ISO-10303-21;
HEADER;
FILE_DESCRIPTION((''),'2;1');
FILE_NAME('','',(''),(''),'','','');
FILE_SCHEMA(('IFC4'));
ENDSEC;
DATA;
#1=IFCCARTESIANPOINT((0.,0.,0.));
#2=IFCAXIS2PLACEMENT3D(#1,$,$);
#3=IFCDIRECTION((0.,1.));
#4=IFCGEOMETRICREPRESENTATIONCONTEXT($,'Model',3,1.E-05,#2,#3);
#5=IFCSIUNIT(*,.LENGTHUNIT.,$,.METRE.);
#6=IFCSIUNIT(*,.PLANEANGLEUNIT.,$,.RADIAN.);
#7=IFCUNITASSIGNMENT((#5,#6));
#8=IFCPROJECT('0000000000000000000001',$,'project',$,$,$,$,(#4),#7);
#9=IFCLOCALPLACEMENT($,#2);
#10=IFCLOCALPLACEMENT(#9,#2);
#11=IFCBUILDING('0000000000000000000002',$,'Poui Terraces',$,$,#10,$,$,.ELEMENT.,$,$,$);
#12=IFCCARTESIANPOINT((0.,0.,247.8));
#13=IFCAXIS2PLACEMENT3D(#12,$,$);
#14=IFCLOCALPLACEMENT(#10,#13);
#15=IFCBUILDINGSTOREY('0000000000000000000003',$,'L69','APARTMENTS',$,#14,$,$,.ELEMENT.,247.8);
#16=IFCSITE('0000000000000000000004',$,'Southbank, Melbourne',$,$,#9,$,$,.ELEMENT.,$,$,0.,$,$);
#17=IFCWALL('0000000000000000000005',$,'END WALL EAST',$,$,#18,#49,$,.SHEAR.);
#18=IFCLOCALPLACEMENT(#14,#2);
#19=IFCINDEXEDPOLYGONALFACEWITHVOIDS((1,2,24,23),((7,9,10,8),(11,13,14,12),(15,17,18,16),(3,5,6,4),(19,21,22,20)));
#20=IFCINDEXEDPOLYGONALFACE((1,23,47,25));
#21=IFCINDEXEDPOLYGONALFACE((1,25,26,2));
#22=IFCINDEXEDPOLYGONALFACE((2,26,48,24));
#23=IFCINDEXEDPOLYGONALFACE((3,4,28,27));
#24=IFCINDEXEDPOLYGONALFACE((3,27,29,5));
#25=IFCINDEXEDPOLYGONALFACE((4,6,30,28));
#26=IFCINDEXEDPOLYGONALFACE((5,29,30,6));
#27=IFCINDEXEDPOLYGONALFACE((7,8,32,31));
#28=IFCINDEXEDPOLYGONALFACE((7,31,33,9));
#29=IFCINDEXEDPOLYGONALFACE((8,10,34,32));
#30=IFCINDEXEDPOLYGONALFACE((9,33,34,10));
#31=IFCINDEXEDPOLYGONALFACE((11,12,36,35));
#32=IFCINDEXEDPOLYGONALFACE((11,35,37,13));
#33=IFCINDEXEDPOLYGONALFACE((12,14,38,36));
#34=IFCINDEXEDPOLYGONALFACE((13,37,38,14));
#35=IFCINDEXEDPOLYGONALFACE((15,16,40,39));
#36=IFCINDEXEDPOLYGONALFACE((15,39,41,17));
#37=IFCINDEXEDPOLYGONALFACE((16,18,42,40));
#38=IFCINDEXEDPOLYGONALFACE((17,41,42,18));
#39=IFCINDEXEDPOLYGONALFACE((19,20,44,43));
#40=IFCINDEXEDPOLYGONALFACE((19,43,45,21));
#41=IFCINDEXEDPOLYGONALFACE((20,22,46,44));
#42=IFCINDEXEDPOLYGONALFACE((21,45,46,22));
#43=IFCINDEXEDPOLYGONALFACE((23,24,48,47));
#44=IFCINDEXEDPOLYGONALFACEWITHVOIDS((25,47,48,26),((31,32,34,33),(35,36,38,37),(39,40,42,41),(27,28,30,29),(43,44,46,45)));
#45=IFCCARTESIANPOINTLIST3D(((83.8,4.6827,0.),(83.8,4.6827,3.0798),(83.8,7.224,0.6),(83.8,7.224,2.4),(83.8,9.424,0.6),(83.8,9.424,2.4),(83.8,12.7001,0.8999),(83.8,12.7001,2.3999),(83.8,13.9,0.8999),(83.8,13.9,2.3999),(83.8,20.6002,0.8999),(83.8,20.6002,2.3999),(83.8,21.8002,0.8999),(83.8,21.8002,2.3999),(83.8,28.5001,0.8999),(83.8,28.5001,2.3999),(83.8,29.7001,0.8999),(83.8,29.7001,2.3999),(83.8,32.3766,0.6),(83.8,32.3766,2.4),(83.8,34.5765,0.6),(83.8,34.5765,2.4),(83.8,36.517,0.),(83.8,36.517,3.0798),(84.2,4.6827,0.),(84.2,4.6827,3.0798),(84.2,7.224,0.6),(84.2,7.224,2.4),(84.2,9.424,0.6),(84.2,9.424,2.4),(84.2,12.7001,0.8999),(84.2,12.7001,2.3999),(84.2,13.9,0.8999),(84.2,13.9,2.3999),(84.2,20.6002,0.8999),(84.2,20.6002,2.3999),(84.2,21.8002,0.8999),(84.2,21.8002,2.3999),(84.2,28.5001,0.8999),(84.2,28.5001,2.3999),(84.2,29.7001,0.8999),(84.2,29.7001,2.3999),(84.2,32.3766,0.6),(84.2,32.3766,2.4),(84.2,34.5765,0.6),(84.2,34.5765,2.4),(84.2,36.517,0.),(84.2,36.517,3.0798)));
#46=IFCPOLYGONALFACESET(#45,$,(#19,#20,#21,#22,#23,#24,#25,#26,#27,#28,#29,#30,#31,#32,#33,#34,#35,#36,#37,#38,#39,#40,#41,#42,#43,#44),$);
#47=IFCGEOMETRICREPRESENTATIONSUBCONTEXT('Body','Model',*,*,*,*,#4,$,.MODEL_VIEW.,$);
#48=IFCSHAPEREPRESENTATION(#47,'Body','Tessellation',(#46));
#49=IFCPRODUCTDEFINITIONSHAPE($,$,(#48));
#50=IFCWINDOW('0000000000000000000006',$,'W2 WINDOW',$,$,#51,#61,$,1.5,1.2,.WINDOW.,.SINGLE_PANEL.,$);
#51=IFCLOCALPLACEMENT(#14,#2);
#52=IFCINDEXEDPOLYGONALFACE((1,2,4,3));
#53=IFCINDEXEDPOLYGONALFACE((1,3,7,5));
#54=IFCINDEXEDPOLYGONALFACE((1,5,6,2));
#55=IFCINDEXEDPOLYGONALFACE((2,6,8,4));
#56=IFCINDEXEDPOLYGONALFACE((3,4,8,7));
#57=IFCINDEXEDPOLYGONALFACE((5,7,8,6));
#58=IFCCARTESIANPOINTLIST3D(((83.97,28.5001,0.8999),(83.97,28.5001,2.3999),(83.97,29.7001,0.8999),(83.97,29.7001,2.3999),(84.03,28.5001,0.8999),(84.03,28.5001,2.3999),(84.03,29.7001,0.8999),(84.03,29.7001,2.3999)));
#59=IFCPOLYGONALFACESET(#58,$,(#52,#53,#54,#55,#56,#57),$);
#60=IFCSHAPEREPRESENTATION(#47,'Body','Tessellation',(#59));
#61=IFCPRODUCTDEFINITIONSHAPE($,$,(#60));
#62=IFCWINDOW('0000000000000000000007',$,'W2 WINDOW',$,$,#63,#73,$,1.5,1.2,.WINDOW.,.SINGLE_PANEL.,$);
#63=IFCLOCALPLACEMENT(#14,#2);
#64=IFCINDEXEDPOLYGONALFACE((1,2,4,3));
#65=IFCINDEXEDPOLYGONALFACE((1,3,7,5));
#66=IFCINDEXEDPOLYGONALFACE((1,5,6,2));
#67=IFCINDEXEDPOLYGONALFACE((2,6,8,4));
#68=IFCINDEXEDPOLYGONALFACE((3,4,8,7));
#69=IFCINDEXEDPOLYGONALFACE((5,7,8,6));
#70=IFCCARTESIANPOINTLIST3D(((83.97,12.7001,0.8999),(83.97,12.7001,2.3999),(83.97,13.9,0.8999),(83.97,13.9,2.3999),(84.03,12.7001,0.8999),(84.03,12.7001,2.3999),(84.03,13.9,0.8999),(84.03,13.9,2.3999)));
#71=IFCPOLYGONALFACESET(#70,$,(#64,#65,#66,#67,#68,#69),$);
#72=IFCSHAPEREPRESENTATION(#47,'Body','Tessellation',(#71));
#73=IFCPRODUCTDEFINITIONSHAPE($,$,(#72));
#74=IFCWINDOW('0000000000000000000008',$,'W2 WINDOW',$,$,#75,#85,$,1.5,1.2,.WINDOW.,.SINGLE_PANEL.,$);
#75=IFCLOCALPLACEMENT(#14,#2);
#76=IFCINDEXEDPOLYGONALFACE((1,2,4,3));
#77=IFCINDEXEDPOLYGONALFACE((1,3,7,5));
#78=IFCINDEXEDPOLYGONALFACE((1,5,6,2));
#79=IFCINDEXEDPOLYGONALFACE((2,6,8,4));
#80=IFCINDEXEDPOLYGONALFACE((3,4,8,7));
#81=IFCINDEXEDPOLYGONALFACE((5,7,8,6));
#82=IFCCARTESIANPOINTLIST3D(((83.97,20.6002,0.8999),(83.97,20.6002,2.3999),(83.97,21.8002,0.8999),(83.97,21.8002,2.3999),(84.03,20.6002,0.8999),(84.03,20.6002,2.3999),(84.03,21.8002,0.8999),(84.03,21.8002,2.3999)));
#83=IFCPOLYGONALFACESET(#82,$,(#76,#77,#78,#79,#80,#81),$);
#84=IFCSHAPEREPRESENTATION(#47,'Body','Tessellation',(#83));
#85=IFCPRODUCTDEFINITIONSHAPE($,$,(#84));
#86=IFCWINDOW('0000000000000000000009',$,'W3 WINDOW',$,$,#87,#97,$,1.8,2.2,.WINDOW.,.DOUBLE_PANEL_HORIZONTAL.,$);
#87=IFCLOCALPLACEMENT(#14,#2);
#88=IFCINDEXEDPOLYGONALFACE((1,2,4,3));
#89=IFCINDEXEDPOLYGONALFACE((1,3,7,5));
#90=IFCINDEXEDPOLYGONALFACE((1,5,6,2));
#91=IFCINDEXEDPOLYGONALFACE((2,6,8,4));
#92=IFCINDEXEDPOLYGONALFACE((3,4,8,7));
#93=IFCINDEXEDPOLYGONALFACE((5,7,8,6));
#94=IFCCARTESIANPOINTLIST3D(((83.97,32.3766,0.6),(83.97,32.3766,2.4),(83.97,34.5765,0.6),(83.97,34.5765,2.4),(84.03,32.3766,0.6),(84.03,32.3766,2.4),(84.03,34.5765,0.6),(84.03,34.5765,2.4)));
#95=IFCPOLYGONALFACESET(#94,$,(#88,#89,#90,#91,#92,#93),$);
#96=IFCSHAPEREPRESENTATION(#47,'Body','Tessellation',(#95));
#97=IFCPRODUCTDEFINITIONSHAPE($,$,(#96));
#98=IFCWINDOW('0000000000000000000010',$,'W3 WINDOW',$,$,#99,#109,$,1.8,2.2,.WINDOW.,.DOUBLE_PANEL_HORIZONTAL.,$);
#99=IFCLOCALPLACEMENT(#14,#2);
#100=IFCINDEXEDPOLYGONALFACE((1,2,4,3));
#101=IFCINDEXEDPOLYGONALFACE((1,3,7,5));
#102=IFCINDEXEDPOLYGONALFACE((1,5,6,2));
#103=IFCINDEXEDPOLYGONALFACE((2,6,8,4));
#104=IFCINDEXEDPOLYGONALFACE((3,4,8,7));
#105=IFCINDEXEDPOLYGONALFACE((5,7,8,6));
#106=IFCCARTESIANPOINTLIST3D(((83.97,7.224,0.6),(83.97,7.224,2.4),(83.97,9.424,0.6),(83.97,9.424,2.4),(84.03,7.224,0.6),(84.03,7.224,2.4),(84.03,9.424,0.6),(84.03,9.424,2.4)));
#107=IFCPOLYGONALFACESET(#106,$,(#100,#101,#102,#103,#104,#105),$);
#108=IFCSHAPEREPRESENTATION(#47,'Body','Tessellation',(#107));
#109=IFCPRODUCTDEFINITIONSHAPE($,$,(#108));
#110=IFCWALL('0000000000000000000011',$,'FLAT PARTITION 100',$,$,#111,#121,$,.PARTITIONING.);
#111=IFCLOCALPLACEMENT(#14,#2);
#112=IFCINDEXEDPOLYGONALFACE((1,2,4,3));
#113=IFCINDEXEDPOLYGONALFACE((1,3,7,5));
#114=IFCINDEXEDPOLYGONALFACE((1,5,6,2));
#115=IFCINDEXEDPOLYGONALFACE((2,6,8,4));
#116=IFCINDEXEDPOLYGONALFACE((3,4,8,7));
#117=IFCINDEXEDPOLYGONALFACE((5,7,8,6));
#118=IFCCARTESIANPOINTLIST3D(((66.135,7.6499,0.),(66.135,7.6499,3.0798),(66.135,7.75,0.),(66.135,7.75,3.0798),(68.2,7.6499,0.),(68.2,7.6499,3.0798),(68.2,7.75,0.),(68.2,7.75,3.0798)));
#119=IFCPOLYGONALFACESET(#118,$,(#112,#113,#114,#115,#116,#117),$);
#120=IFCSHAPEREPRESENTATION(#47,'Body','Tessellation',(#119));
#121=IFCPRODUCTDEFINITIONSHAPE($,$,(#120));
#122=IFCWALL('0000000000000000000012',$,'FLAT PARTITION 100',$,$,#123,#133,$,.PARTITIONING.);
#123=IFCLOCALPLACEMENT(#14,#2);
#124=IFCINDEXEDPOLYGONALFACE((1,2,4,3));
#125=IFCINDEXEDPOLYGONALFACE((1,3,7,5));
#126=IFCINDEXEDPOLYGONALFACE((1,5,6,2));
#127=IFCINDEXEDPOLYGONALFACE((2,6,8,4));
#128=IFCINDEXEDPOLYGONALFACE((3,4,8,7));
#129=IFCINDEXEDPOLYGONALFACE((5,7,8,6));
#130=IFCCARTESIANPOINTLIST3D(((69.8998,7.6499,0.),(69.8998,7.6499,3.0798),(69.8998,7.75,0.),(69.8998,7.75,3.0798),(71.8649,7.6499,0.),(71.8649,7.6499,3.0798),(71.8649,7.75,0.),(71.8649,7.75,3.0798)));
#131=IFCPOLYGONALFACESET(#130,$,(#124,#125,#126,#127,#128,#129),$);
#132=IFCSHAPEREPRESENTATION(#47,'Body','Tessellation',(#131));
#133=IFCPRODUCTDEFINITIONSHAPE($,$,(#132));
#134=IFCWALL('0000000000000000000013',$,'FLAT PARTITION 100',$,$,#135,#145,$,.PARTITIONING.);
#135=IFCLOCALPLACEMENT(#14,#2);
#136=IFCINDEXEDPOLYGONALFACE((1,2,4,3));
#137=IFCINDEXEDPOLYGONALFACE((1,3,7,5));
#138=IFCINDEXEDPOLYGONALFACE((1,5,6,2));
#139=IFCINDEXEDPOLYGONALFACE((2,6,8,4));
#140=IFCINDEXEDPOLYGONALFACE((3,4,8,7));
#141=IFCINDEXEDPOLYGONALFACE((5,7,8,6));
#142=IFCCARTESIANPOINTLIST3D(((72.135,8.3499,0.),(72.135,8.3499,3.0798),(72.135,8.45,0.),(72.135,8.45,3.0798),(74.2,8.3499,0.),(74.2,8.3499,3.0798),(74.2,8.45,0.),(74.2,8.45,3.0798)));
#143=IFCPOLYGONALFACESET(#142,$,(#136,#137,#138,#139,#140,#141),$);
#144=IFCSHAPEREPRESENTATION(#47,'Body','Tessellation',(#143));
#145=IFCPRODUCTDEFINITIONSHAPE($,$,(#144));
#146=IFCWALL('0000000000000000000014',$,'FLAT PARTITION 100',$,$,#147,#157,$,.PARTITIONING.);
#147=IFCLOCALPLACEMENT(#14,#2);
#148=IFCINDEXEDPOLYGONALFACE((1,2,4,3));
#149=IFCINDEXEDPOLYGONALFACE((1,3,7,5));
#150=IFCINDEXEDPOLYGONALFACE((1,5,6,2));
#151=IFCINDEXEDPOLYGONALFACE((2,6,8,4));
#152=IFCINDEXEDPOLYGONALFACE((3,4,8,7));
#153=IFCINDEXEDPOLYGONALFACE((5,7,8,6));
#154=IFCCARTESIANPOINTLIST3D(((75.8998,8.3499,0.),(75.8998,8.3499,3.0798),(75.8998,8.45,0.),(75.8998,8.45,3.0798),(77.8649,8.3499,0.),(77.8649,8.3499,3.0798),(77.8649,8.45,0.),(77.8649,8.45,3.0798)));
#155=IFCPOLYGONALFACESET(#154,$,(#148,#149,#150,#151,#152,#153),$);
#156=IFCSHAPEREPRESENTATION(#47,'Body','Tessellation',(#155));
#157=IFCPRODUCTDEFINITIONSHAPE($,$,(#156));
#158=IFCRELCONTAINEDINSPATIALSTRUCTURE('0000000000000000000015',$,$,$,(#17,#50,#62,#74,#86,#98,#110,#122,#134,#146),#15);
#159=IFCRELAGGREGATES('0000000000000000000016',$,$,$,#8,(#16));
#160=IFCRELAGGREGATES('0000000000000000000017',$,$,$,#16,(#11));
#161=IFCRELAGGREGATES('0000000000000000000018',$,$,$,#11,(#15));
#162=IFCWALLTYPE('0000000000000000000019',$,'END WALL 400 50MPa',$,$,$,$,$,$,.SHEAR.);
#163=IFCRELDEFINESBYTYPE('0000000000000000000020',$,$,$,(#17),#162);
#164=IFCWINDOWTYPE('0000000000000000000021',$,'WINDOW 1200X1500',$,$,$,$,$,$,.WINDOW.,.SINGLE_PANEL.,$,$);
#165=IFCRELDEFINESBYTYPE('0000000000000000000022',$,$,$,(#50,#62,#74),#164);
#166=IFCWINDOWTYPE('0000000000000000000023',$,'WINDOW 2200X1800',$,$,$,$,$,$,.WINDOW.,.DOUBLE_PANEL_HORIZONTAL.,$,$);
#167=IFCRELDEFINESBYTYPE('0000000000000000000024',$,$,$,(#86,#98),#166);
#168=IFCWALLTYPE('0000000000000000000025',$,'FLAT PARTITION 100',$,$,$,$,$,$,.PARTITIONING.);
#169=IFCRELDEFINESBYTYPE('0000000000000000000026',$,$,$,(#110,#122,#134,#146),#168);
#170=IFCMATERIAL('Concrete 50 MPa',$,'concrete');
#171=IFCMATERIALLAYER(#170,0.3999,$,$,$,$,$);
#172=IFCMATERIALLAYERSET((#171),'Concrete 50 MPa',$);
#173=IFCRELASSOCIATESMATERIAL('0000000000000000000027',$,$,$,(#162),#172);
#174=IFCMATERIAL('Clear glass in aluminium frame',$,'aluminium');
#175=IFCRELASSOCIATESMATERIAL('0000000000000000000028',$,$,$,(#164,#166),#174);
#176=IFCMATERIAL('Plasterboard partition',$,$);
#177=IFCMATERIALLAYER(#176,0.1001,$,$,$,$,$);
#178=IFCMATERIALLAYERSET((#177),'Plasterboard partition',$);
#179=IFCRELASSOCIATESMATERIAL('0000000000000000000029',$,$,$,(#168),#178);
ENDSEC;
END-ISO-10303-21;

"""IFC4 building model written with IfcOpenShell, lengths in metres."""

from ifc_helpers import new_model, si_unit, direction, frame, frame_2d, origin, place, context, subcontext, project, spatial, rectangle, extrude, material, layer, layer_set, type_object, element, fill, save


model = new_model("IFC4")

# Units and contexts
model_context = context("Model", 3, precision=1e-05, world=origin(), true_north=direction((0.0, 1.0)))
body_context = subcontext(model_context, "Body", "Model", "MODEL_VIEW")
ifc_project = project(units=[si_unit("LENGTHUNIT", "METRE"), si_unit("PLANEANGLEUNIT", "RADIAN")], contexts=[model_context])

# Site, building, storey
site_placement = place(None, origin())
site = spatial("IfcSite", under=ifc_project, at=site_placement, Name="Southbank, Melbourne", CompositionType="ELEMENT", RefElevation=0.0)
building_placement = place(site_placement, origin())
building = spatial("IfcBuilding", under=site, at=building_placement, Name="Poui Terraces", CompositionType="ELEMENT")
storey_placement = place(building_placement, frame((0.0, 0.0, 247.8)))
storey = spatial("IfcBuildingStorey", under=building, at=storey_placement, Name="L69", Description="APARTMENTS", CompositionType="ELEMENT", Elevation=247.8)

# Shared definitions
ifc_material_1 = material(Name="Concrete 50 MPa", Category="concrete")

# Wall, openings, windows
ifc_layer_1 = layer(ifc_material_1, 0.3999)
ifc_layer_set_1 = layer_set([ifc_layer_1], Name="Concrete 50 MPa")
wall_type_1 = type_object("IfcWallType", Name="END WALL 400 50MPa", PredefinedType="SHEAR", material=ifc_layer_set_1)
wall_1_placement = place(storey_placement, frame((84.0, 4.6829, 0.0), z_axis=(0.0, 0.0, 1.0), x_axis=(0.0, 1.0, 0.0)))
wall_1 = element("IfcWall", 1, at=wall_1_placement, inside=storey, type_object=wall_type_1, Name="END WALL EAST", PredefinedType="SHEAR", context=body_context, shape_type="SweptSolid", body=[
    extrude(rectangle(XDim=31.8342, YDim=0.3999, at=frame_2d((15.917, 0.0))), origin(), (0.0, 0.0, 1.0), 3.0798),
])
opening_1_placement = place(wall_1_placement, frame((23.8171, 0.0, 0.8999)))
opening_1 = element("IfcOpeningElement", 2, at=opening_1_placement, cuts=wall_1, PredefinedType="OPENING", context=body_context, shape_type="SweptSolid", body=[
    extrude(rectangle(XDim=1.2, YDim=1.5, at=frame_2d((0.6001, 0.75))), frame((0.0, 0.21, 0.0), z_axis=(0.0, -1.0, 0.0), x_axis=(1.0, 0.0, 0.0)), (0.0, 0.0, 1.0), 0.4199),
])
opening_2_placement = place(wall_1_placement, frame((8.0171, 0.0, 0.8999)))
opening_2 = element("IfcOpeningElement", 3, at=opening_2_placement, cuts=wall_1, PredefinedType="OPENING", context=body_context, shape_type="SweptSolid", body=[
    extrude(rectangle(XDim=1.2, YDim=1.5, at=frame_2d((0.6001, 0.75))), frame((0.0, 0.21, 0.0), z_axis=(0.0, -1.0, 0.0), x_axis=(1.0, 0.0, 0.0)), (0.0, 0.0, 1.0), 0.4199),
])
opening_3_placement = place(wall_1_placement, frame((27.6936, 0.0, 0.6001)))
opening_3 = element("IfcOpeningElement", 4, at=opening_3_placement, cuts=wall_1, PredefinedType="OPENING", context=body_context, shape_type="SweptSolid", body=[
    extrude(rectangle(XDim=2.2, YDim=1.8, at=frame_2d((1.1001, 0.8999))), frame((0.0, 0.21, 0.0), z_axis=(0.0, -1.0, 0.0), x_axis=(1.0, 0.0, 0.0)), (0.0, 0.0, 1.0), 0.4199),
])
opening_4_placement = place(wall_1_placement, frame((2.541, 0.0, 0.6001)))
opening_4 = element("IfcOpeningElement", 5, at=opening_4_placement, cuts=wall_1, PredefinedType="OPENING", context=body_context, shape_type="SweptSolid", body=[
    extrude(rectangle(XDim=2.2, YDim=1.8, at=frame_2d((1.1001, 0.8999))), frame((0.0, 0.21, 0.0), z_axis=(0.0, -1.0, 0.0), x_axis=(1.0, 0.0, 0.0)), (0.0, 0.0, 1.0), 0.4199),
])
opening_5_placement = place(wall_1_placement, frame((15.9172, 0.0, 0.8999)))
opening_5 = element("IfcOpeningElement", 6, at=opening_5_placement, cuts=wall_1, PredefinedType="OPENING", context=body_context, shape_type="SweptSolid", body=[
    extrude(rectangle(XDim=1.2, YDim=1.5, at=frame_2d((0.6001, 0.75))), frame((0.0, 0.21, 0.0), z_axis=(0.0, -1.0, 0.0), x_axis=(1.0, 0.0, 0.0)), (0.0, 0.0, 1.0), 0.4199),
])
ifc_material_2 = material(Name="Clear glass in aluminium frame", Category="aluminium")
window_type_1 = type_object("IfcWindowType", Name="WINDOW 1200X1500", PartitioningType="SINGLE_PANEL", PredefinedType="WINDOW", material=ifc_material_2)
window_1_placement = place(opening_1_placement, origin())
window_1 = element("IfcWindow", 7, at=window_1_placement, inside=storey, type_object=window_type_1, Name="W2 WINDOW", OverallHeight=1.5, OverallWidth=1.2, PartitioningType="SINGLE_PANEL", PredefinedType="WINDOW", context=body_context, shape_type="SweptSolid", body=[
    extrude(rectangle(XDim=1.2, YDim=1.5, at=frame_2d((0.6001, 0.75))), frame((0.0, 0.03, 0.0), z_axis=(0.0, -1.0, 0.0), x_axis=(1.0, 0.0, 0.0)), (0.0, 0.0, 1.0), 0.0601),
])
fill(opening_1, window_1)
window_2_placement = place(opening_2_placement, origin())
window_2 = element("IfcWindow", 8, at=window_2_placement, inside=storey, type_object=window_type_1, Name="W2 WINDOW", OverallHeight=1.5, OverallWidth=1.2, PartitioningType="SINGLE_PANEL", PredefinedType="WINDOW", context=body_context, shape_type="SweptSolid", body=[
    extrude(rectangle(XDim=1.2, YDim=1.5, at=frame_2d((0.6001, 0.75))), frame((0.0, 0.03, 0.0), z_axis=(0.0, -1.0, 0.0), x_axis=(1.0, 0.0, 0.0)), (0.0, 0.0, 1.0), 0.0601),
])
fill(opening_2, window_2)
window_3_placement = place(opening_5_placement, origin())
window_3 = element("IfcWindow", 9, at=window_3_placement, inside=storey, type_object=window_type_1, Name="W2 WINDOW", OverallHeight=1.5, OverallWidth=1.2, PartitioningType="SINGLE_PANEL", PredefinedType="WINDOW", context=body_context, shape_type="SweptSolid", body=[
    extrude(rectangle(XDim=1.2, YDim=1.5, at=frame_2d((0.6001, 0.75))), frame((0.0, 0.03, 0.0), z_axis=(0.0, -1.0, 0.0), x_axis=(1.0, 0.0, 0.0)), (0.0, 0.0, 1.0), 0.0601),
])
fill(opening_5, window_3)
window_type_2 = type_object("IfcWindowType", Name="WINDOW 2200X1800", PartitioningType="DOUBLE_PANEL_HORIZONTAL", PredefinedType="WINDOW", material=ifc_material_2)
window_4_placement = place(opening_3_placement, origin())
window_4 = element("IfcWindow", 10, at=window_4_placement, inside=storey, type_object=window_type_2, Name="W3 WINDOW", OverallHeight=1.8, OverallWidth=2.2, PartitioningType="DOUBLE_PANEL_HORIZONTAL", PredefinedType="WINDOW", context=body_context, shape_type="SweptSolid", body=[
    extrude(rectangle(XDim=2.2, YDim=1.8, at=frame_2d((1.1001, 0.8999))), frame((0.0, 0.03, 0.0), z_axis=(0.0, -1.0, 0.0), x_axis=(1.0, 0.0, 0.0)), (0.0, 0.0, 1.0), 0.0601),
])
fill(opening_3, window_4)
window_5_placement = place(opening_4_placement, origin())
window_5 = element("IfcWindow", 11, at=window_5_placement, inside=storey, type_object=window_type_2, Name="W3 WINDOW", OverallHeight=1.8, OverallWidth=2.2, PartitioningType="DOUBLE_PANEL_HORIZONTAL", PredefinedType="WINDOW", context=body_context, shape_type="SweptSolid", body=[
    extrude(rectangle(XDim=2.2, YDim=1.8, at=frame_2d((1.1001, 0.8999))), frame((0.0, 0.03, 0.0), z_axis=(0.0, -1.0, 0.0), x_axis=(1.0, 0.0, 0.0)), (0.0, 0.0, 1.0), 0.0601),
])
fill(opening_4, window_5)

# Walls
ifc_material_3 = material(Name="Plasterboard partition")
ifc_layer_2 = layer(ifc_material_3, 0.1001)
ifc_layer_set_2 = layer_set([ifc_layer_2], Name="Plasterboard partition")
wall_type_2 = type_object("IfcWallType", Name="FLAT PARTITION 100", PredefinedType="PARTITIONING", material=ifc_layer_set_2)
wall_2_placement = place(storey_placement, frame((66.135, 7.7, 0.0), z_axis=(0.0, 0.0, 1.0), x_axis=(1.0, 0.0, 0.0)))
element("IfcWall", 12, at=wall_2_placement, inside=storey, type_object=wall_type_2, Name="FLAT PARTITION 100", PredefinedType="PARTITIONING", context=body_context, shape_type="SweptSolid", body=[
    extrude(rectangle(XDim=2.0649, YDim=0.1001, at=frame_2d((1.0325, 0.0))), origin(), (0.0, 0.0, 1.0), 3.0798),
])
wall_3_placement = place(storey_placement, frame((69.8999, 7.7, 0.0), z_axis=(0.0, 0.0, 1.0), x_axis=(1.0, 0.0, 0.0)))
element("IfcWall", 13, at=wall_3_placement, inside=storey, type_object=wall_type_2, Name="FLAT PARTITION 100", PredefinedType="PARTITIONING", context=body_context, shape_type="SweptSolid", body=[
    extrude(rectangle(XDim=1.9651, YDim=0.1001, at=frame_2d((0.9824, 0.0))), origin(), (0.0, 0.0, 1.0), 3.0798),
])
wall_4_placement = place(storey_placement, frame((72.135, 8.3999, 0.0), z_axis=(0.0, 0.0, 1.0), x_axis=(1.0, 0.0, 0.0)))
element("IfcWall", 14, at=wall_4_placement, inside=storey, type_object=wall_type_2, Name="FLAT PARTITION 100", PredefinedType="PARTITIONING", context=body_context, shape_type="SweptSolid", body=[
    extrude(rectangle(XDim=2.0649, YDim=0.1001, at=frame_2d((1.0325, 0.0))), origin(), (0.0, 0.0, 1.0), 3.0798),
])
wall_5_placement = place(storey_placement, frame((75.8999, 8.3999, 0.0), z_axis=(0.0, 0.0, 1.0), x_axis=(1.0, 0.0, 0.0)))
element("IfcWall", 15, at=wall_5_placement, inside=storey, type_object=wall_type_2, Name="FLAT PARTITION 100", PredefinedType="PARTITIONING", context=body_context, shape_type="SweptSolid", body=[
    extrude(rectangle(XDim=1.9651, YDim=0.1001, at=frame_2d((0.9824, 0.0))), origin(), (0.0, 0.0, 1.0), 3.0798),
])

save(model, "model.ifc")
